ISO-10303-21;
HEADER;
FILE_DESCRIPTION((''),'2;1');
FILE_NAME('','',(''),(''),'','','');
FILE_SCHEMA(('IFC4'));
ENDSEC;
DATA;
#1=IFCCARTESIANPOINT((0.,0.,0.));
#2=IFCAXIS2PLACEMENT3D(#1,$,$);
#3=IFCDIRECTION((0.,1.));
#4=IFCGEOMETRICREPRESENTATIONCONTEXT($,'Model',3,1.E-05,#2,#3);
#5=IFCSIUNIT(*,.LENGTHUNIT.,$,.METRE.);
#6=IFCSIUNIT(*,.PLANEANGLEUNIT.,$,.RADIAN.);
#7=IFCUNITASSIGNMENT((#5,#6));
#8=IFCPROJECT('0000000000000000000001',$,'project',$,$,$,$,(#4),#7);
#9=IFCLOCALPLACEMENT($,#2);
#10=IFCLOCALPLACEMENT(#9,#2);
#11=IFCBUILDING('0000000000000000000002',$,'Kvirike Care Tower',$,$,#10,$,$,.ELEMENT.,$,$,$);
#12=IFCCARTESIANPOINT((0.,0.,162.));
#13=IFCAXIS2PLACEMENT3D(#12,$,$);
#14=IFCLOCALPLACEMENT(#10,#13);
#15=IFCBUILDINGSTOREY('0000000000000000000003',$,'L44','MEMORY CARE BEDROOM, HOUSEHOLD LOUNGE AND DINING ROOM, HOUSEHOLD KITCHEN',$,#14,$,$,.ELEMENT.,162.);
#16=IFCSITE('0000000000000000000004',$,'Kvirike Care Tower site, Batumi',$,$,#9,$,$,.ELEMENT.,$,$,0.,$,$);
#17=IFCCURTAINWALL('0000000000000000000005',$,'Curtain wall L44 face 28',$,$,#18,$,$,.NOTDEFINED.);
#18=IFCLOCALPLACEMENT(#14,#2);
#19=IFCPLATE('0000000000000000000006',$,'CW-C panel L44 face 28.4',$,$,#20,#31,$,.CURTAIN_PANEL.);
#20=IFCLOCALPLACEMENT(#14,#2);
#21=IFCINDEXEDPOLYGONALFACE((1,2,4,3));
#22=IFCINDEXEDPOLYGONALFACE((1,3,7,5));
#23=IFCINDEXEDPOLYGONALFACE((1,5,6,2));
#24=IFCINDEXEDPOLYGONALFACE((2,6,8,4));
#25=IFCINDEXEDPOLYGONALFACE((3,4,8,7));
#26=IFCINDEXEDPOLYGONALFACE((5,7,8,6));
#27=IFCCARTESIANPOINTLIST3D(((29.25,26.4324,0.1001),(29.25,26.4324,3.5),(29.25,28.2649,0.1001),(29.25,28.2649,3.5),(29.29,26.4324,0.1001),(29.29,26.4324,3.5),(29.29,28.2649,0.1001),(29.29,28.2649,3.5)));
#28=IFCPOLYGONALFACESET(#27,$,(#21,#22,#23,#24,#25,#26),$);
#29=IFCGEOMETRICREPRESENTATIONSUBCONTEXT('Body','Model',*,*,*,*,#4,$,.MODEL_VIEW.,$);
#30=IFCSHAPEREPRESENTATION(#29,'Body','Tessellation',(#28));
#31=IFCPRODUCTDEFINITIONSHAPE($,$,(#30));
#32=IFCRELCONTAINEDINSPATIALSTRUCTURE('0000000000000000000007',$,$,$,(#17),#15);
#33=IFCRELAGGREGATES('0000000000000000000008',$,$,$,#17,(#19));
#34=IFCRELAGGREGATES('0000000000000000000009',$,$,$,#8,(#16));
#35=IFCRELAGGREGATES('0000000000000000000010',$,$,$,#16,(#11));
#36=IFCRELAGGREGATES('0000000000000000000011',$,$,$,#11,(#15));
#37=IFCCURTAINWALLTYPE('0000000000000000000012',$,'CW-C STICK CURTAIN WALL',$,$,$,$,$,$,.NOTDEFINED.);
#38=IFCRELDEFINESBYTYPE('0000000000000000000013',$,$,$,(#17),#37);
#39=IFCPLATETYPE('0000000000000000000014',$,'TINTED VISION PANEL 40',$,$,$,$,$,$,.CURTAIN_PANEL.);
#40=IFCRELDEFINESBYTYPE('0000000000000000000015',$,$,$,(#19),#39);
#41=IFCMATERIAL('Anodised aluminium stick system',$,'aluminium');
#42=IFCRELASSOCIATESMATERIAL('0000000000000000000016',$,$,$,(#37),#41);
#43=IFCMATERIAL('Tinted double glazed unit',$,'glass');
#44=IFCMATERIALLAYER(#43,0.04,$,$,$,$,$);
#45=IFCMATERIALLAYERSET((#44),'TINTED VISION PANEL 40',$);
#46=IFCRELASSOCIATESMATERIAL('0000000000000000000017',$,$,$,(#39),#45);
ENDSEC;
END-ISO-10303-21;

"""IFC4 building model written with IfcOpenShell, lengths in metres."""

from ifc_helpers import new_model, si_unit, direction, frame, origin, origin_2d, place, context, subcontext, project, spatial, rectangle, extrude, material, layer, layer_set, type_object, element, aggregate, save


model = new_model("IFC4")

# Units and contexts
model_context = context("Model", 3, precision=1e-05, world=origin(), true_north=direction((0.0, 1.0)))
body_context = subcontext(model_context, "Body", "Model", "MODEL_VIEW")
ifc_project = project(units=[si_unit("LENGTHUNIT", "METRE"), si_unit("PLANEANGLEUNIT", "RADIAN")], contexts=[model_context])

# Site, building, storey
site_placement = place(None, origin())
site = spatial("IfcSite", under=ifc_project, at=site_placement, Name="Kvirike Care Tower site, Batumi", CompositionType="ELEMENT", RefElevation=0.0)
building_placement = place(site_placement, origin())
building = spatial("IfcBuilding", under=site, at=building_placement, Name="Kvirike Care Tower", CompositionType="ELEMENT")
storey_placement = place(building_placement, frame((0.0, 0.0, 162.0)))
storey = spatial("IfcBuildingStorey", under=building, at=storey_placement, Name="L44", Description="MEMORY CARE BEDROOM, HOUSEHOLD LOUNGE AND DINING ROOM, HOUSEHOLD KITCHEN", CompositionType="ELEMENT", Elevation=162.0)

# Curtain wall
ifc_material_1 = material(Name="Anodised aluminium stick system", Category="aluminium")
curtain_wall_type = type_object("IfcCurtainWallType", Name="CW-C STICK CURTAIN WALL", PredefinedType="NOTDEFINED", material=ifc_material_1)
curtain_wall_1_placement = place(storey_placement, origin())
curtain_wall_1 = element("IfcCurtainWall", 1, at=curtain_wall_1_placement, inside=storey, type_object=curtain_wall_type, Name="Curtain wall L44 face 28", PredefinedType="NOTDEFINED")

# Plate
ifc_material_2 = material(Name="Tinted double glazed unit", Category="glass")
ifc_layer = layer(ifc_material_2, 0.04)
ifc_layer_set = layer_set([ifc_layer], Name="TINTED VISION PANEL 40")
plate_type = type_object("IfcPlateType", Name="TINTED VISION PANEL 40", PredefinedType="CURTAIN_PANEL", material=ifc_layer_set)
plate_1_placement = place(storey_placement, frame((29.27, 27.3486, 0.1001), z_axis=(0.0, 0.0, 1.0), x_axis=(0.0, 1.0, 0.0)))
plate_1 = element("IfcPlate", 2, at=plate_1_placement, type_object=plate_type, Name="CW-C panel L44 face 28.4", PredefinedType="CURTAIN_PANEL", context=body_context, shape_type="SweptSolid", body=[
    extrude(rectangle(XDim=1.8325, YDim=0.04, at=origin_2d()), origin(), (0.0, 0.0, 1.0), 3.3999),
])
aggregate(curtain_wall_1, [plate_1])

save(model, "model.ifc")
